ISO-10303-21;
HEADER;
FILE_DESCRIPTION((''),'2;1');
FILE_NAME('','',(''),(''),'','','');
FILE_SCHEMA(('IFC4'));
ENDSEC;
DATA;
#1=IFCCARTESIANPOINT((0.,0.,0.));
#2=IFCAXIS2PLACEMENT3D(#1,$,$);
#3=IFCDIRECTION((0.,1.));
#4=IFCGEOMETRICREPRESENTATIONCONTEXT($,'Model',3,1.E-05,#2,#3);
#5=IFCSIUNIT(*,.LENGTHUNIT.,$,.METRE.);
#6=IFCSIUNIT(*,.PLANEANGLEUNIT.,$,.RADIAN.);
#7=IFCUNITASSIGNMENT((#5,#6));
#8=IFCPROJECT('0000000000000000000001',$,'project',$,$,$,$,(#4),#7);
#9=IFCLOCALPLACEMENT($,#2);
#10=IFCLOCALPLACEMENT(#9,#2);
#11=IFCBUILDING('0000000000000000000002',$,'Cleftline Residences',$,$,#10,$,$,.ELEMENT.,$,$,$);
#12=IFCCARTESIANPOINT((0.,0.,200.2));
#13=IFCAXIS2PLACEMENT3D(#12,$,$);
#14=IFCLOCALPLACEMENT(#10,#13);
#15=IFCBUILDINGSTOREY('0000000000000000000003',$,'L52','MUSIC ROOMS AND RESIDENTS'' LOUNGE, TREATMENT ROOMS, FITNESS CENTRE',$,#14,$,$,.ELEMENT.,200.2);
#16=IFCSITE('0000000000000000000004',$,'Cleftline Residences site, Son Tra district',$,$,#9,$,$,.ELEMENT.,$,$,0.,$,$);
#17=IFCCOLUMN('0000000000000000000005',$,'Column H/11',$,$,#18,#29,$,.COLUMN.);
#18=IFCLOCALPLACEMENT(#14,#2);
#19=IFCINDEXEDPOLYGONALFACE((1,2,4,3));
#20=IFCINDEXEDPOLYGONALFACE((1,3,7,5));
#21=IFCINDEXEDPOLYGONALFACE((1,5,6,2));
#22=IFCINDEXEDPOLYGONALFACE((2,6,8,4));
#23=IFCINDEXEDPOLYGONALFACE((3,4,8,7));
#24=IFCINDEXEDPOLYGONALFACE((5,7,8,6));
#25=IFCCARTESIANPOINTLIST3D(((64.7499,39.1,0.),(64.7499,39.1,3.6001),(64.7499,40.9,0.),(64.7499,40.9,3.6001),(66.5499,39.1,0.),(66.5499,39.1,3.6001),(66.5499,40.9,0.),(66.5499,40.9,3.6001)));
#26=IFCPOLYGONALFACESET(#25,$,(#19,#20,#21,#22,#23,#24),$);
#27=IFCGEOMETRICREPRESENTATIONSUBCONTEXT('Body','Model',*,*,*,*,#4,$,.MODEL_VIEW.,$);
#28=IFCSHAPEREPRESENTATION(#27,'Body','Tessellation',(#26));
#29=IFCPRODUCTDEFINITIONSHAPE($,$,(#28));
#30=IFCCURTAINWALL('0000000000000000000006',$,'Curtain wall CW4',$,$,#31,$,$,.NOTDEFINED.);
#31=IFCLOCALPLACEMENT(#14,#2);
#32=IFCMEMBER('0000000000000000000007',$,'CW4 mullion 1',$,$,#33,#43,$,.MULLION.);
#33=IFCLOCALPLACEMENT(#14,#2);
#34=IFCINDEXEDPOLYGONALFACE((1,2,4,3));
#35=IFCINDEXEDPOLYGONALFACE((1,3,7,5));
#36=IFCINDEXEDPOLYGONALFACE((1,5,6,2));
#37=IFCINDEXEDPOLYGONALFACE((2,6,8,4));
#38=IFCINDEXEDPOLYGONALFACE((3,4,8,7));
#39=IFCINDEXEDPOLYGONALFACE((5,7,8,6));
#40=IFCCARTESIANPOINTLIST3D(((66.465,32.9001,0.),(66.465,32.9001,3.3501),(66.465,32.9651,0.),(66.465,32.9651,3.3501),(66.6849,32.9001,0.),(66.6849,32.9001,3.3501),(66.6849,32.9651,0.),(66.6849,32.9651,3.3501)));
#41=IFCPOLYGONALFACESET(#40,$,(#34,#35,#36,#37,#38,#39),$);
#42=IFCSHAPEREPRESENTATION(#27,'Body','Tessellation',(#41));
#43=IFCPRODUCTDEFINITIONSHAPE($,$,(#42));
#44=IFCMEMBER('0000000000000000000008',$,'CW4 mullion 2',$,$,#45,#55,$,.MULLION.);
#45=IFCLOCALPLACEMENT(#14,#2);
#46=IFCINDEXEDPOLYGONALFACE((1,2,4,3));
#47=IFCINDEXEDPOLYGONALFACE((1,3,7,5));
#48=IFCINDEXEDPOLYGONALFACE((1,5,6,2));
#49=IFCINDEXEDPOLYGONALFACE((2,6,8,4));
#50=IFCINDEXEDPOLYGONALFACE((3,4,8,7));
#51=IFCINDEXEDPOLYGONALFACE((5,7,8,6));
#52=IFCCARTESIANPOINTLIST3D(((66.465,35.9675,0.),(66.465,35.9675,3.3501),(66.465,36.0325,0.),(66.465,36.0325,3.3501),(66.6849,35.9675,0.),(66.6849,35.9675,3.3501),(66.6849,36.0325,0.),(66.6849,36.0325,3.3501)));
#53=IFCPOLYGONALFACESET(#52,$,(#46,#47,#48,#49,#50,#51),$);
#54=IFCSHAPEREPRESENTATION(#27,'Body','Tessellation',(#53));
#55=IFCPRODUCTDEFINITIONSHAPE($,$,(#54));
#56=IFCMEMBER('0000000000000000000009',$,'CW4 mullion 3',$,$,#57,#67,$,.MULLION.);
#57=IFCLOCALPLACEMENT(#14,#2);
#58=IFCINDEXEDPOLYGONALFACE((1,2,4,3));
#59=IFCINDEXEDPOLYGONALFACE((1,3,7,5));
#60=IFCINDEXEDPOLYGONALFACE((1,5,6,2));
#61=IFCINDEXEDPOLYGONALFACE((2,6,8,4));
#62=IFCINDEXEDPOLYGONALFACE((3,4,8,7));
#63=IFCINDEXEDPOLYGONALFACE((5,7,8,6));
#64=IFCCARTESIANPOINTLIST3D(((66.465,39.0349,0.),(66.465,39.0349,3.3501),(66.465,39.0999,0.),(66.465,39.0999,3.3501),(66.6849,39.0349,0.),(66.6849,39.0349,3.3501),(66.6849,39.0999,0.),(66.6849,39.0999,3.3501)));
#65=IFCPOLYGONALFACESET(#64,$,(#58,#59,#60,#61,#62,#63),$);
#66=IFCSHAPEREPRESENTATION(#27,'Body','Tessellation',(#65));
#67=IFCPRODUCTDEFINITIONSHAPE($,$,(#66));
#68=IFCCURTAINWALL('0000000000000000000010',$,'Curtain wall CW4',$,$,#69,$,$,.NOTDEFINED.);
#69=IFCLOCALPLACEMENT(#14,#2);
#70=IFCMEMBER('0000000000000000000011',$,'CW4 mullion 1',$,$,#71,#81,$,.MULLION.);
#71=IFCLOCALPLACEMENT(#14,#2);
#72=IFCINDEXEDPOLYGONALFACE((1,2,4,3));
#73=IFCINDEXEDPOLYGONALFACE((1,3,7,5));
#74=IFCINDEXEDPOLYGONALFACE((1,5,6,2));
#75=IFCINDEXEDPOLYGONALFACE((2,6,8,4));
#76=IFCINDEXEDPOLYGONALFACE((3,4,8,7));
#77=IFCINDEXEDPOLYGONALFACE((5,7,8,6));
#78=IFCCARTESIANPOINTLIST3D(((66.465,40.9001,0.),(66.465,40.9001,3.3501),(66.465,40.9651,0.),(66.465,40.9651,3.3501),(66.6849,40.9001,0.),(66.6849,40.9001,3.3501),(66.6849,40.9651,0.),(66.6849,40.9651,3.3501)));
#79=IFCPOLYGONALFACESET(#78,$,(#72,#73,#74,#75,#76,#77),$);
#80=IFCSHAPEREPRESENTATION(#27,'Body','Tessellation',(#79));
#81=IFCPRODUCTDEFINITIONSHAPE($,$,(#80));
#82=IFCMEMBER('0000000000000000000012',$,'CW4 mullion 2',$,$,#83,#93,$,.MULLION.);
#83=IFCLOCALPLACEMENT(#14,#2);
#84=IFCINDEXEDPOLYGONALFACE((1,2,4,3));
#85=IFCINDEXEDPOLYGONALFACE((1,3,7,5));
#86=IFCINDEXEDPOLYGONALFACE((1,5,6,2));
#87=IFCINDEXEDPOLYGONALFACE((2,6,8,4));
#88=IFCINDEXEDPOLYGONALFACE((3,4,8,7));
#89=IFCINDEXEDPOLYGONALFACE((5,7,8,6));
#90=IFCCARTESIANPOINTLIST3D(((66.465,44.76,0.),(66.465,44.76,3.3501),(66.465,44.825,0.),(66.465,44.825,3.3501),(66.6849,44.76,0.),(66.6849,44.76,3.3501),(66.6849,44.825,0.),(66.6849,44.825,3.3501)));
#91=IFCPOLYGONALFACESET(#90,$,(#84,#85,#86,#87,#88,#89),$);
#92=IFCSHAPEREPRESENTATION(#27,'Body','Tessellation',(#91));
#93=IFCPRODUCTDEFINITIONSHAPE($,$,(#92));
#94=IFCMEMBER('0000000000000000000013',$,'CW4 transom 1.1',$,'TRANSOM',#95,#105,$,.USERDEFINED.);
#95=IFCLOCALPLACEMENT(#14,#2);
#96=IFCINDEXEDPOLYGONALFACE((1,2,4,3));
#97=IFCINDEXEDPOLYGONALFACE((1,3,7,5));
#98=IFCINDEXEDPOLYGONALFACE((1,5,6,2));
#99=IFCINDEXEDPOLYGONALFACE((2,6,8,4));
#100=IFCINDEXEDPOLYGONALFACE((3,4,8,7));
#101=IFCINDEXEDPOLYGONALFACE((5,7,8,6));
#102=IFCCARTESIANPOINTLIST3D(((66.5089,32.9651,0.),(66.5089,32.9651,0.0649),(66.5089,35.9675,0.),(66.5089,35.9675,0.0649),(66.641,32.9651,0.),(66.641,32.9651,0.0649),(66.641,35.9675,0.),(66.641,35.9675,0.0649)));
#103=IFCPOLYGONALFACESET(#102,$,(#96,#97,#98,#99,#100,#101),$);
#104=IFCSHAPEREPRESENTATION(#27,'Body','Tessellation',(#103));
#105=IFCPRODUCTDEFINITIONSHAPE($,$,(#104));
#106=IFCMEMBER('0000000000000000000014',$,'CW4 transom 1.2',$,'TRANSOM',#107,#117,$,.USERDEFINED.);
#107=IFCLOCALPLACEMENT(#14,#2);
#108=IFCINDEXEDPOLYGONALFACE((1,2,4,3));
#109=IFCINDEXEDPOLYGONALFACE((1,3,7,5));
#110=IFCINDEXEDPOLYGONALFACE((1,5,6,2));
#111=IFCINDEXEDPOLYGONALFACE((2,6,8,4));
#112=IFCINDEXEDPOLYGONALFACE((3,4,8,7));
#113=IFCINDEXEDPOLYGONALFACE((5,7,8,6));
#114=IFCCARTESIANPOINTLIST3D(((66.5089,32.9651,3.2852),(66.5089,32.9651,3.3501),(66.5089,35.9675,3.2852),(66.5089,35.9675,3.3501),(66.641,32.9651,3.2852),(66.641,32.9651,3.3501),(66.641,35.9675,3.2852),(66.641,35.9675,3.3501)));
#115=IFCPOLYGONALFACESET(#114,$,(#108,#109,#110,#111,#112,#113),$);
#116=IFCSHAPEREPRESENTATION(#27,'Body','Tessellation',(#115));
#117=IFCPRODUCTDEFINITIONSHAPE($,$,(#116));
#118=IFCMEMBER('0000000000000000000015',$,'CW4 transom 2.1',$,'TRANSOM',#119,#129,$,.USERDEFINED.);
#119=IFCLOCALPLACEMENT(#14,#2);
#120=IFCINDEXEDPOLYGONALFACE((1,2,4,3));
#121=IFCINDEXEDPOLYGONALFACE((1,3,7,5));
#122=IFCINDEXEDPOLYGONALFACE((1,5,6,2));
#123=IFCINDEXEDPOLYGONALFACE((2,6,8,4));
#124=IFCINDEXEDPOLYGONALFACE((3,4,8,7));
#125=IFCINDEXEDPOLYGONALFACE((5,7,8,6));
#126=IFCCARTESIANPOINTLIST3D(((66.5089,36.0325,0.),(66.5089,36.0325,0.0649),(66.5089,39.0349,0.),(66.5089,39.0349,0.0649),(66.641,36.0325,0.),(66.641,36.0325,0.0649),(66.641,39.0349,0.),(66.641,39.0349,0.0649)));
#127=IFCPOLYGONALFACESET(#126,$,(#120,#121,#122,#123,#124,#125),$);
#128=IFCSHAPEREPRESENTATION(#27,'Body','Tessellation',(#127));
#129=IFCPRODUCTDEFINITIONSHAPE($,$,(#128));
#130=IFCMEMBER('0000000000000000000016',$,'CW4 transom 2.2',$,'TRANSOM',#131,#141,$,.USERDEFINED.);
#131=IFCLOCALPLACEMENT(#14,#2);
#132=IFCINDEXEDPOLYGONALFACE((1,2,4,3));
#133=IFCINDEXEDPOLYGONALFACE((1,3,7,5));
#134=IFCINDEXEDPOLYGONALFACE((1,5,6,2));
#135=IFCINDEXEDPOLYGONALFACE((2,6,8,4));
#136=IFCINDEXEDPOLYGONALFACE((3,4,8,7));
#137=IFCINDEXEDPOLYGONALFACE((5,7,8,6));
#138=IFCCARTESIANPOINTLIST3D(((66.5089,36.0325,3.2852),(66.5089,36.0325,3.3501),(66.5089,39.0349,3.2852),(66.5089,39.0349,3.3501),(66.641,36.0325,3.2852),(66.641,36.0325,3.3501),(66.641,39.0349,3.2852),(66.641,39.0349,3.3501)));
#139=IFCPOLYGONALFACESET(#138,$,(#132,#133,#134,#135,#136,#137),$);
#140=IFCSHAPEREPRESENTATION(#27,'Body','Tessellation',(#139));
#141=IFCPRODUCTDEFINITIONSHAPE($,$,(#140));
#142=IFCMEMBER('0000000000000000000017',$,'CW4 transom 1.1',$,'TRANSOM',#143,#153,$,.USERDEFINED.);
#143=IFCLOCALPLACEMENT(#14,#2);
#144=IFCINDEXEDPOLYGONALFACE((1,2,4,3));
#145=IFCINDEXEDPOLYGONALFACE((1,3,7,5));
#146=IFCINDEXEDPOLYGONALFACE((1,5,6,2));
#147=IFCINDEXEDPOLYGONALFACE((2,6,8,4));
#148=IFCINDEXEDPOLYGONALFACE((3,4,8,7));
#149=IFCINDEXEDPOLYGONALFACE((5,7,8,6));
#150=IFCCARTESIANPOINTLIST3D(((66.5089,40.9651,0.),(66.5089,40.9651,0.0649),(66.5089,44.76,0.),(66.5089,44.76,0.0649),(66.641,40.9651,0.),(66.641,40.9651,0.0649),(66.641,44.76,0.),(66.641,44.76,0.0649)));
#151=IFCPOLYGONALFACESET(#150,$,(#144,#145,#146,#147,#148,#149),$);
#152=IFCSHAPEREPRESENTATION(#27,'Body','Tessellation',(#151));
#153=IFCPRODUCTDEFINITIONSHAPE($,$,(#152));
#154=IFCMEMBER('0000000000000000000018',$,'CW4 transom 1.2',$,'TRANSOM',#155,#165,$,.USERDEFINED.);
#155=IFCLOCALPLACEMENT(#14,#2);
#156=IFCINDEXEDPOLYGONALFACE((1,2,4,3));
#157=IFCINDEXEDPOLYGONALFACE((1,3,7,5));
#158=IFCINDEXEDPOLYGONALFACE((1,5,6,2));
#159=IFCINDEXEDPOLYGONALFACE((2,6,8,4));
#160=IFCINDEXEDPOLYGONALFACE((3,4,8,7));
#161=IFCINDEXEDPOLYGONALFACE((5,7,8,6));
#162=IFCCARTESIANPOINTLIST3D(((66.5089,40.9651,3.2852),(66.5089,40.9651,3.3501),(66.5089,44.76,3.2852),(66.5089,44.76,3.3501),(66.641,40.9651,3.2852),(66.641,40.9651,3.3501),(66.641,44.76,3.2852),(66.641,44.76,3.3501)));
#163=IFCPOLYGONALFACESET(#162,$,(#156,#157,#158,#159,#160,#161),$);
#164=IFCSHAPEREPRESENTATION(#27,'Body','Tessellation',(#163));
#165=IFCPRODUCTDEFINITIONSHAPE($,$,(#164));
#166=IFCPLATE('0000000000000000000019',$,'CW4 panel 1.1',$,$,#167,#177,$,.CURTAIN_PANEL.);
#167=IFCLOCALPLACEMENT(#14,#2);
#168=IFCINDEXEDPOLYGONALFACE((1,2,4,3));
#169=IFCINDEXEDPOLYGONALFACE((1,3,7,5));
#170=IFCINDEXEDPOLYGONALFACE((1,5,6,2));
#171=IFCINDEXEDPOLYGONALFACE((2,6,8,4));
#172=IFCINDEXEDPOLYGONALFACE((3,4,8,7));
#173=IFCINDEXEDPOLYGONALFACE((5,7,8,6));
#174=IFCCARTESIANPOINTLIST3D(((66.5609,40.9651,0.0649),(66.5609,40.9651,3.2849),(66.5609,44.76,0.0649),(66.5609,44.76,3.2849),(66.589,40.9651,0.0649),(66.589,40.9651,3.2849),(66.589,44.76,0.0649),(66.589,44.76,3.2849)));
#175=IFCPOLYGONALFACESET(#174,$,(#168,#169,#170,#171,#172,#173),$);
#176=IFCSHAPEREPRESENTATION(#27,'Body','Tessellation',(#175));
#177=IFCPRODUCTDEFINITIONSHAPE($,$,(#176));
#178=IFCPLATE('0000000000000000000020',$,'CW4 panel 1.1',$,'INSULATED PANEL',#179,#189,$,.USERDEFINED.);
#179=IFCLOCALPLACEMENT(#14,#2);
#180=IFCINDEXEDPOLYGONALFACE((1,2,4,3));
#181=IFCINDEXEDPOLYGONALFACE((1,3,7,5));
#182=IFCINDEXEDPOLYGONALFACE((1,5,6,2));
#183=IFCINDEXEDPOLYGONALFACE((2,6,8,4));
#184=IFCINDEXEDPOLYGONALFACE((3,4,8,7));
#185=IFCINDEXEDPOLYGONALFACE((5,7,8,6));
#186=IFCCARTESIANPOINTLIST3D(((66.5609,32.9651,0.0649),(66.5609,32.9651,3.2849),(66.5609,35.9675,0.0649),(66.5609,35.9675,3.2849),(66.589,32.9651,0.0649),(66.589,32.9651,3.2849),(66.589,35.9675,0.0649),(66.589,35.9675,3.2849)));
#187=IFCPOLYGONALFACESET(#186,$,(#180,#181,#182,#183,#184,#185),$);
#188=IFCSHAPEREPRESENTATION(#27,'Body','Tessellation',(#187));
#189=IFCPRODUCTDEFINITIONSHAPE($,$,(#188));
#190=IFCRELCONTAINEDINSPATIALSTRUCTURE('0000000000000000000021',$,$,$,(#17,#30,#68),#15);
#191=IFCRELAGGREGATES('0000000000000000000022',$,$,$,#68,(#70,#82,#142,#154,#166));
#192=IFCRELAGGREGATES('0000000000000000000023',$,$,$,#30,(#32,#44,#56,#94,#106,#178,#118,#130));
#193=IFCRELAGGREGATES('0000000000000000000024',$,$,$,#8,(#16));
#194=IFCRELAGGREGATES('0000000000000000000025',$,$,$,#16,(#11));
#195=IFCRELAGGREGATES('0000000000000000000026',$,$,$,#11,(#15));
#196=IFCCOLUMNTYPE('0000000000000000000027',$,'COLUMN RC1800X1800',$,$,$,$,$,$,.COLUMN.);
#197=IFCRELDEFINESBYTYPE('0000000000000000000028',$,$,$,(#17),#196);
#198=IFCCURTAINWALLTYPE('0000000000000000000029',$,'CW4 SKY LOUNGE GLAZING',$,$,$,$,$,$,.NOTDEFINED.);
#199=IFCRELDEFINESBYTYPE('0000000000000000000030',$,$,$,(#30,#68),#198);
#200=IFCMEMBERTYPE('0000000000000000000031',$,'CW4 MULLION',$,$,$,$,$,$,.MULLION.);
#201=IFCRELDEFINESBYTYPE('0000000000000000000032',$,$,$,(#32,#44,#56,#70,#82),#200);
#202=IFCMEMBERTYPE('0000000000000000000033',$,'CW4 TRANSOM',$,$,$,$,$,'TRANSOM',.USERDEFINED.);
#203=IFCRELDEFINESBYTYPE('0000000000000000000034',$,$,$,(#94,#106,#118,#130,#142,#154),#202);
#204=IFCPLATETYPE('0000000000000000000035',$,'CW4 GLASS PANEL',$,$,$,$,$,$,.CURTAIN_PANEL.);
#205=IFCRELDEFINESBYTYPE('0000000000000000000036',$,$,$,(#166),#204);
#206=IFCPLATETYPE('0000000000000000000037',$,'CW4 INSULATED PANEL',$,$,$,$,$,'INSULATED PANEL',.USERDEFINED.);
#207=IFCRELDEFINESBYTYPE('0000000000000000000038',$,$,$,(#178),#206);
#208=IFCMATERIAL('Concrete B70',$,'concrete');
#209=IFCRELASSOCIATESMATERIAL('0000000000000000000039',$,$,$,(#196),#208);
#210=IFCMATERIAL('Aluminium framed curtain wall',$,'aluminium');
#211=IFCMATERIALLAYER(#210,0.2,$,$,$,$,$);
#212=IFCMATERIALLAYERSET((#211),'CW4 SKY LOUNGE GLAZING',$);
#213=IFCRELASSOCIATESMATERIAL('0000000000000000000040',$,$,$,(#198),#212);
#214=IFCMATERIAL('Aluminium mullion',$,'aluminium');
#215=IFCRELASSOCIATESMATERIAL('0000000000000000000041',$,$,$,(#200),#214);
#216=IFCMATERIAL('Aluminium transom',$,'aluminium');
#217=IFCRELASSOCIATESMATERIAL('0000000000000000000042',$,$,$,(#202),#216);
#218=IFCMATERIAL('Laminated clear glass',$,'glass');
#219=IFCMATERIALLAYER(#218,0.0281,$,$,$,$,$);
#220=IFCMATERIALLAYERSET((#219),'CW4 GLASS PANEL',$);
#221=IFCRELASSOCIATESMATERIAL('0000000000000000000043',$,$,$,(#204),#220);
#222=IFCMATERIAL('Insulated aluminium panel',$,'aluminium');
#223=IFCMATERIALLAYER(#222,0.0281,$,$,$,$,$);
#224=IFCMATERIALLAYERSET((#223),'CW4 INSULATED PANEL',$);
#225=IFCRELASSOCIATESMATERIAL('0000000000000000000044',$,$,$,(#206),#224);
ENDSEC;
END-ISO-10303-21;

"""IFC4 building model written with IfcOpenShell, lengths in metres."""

from ifc_helpers import new_model, si_unit, direction, frame, origin, origin_2d, place, context, subcontext, project, spatial, rectangle, extrude, material, layer, layer_set, material_profile, profile_set, type_object, element, aggregate, save


model = new_model("IFC4")

# Units and contexts
model_context = context("Model", 3, precision=1e-05, world=origin(), true_north=direction((0.0, 1.0)))
body_context = subcontext(model_context, "Body", "Model", "MODEL_VIEW")
ifc_project = project(units=[si_unit("LENGTHUNIT", "METRE"), si_unit("PLANEANGLEUNIT", "RADIAN")], contexts=[model_context])

# Site, building, storey
site_placement = place(None, origin())
site = spatial("IfcSite", under=ifc_project, at=site_placement, Name="Cleftline Residences site, Son Tra district", CompositionType="ELEMENT", RefElevation=0.0)
building_placement = place(site_placement, origin())
building = spatial("IfcBuilding", under=site, at=building_placement, Name="Cleftline Residences", CompositionType="ELEMENT")
storey_placement = place(building_placement, frame((0.0, 0.0, 200.2)))
storey = spatial("IfcBuildingStorey", under=building, at=storey_placement, Name="L52", Description="MUSIC ROOMS AND RESIDENTS' LOUNGE, TREATMENT ROOMS, FITNESS CENTRE", CompositionType="ELEMENT", Elevation=200.2)

# Column
ifc_material_1 = material(Name="Concrete B70", Category="concrete")
ifc_material_profile_1 = material_profile(ifc_material_1, rectangle(XDim=1.8, YDim=1.8, at=origin_2d()))
ifc_profile_set_1 = profile_set([ifc_material_profile_1], Name="Concrete B70")
column_type = type_object("IfcColumnType", Name="COLUMN RC1800X1800", PredefinedType="COLUMN", material=ifc_profile_set_1)
column_placement = place(storey_placement, frame((65.6499, 40.0, 0.0), z_axis=(0.0, 0.0, 1.0), x_axis=(1.0, 0.0, 0.0)))
element("IfcColumn", 1, at=column_placement, inside=storey, type_object=column_type, Name="Column H/11", PredefinedType="COLUMN", context=body_context, shape_type="SweptSolid", body=[
    extrude(rectangle(XDim=1.8, YDim=1.8, at=origin_2d()), origin(), (0.0, 0.0, 1.0), 3.6001),
])

# Curtain walls, members
ifc_material_2 = material(Name="Aluminium framed curtain wall", Category="aluminium")
ifc_layer_1 = layer(ifc_material_2, 0.2)
ifc_layer_set_1 = layer_set([ifc_layer_1], Name="CW4 SKY LOUNGE GLAZING")
curtain_wall_type = type_object("IfcCurtainWallType", Name="CW4 SKY LOUNGE GLAZING", PredefinedType="NOTDEFINED", material=ifc_layer_set_1)
curtain_wall_1_placement = place(storey_placement, origin())
curtain_wall_1 = element("IfcCurtainWall", 2, at=curtain_wall_1_placement, inside=storey, type_object=curtain_wall_type, Name="Curtain wall CW4", PredefinedType="NOTDEFINED")
ifc_material_3 = material(Name="Aluminium mullion", Category="aluminium")
ifc_material_profile_2 = material_profile(ifc_material_3, rectangle(XDim=0.22, YDim=0.0649, at=origin_2d()))
ifc_profile_set_2 = profile_set([ifc_material_profile_2], Name="Aluminium mullion")
member_type_1 = type_object("IfcMemberType", Name="CW4 MULLION", PredefinedType="MULLION", material=ifc_profile_set_2)
member_1_placement = place(storey_placement, frame((66.575, 32.9326, 0.0), z_axis=(0.0, 0.0, 1.0), x_axis=(-1.0, 0.0, 0.0)))
member_1 = element("IfcMember", 3, at=member_1_placement, type_object=member_type_1, Name="CW4 mullion 1", PredefinedType="MULLION", context=body_context, shape_type="SweptSolid", body=[
    extrude(rectangle(XDim=0.22, YDim=0.0649, at=origin_2d()), origin(), (0.0, 0.0, 1.0), 3.3501),
])
member_2_placement = place(storey_placement, frame((66.575, 36.0, 0.0), z_axis=(0.0, 0.0, 1.0), x_axis=(-1.0, 0.0, 0.0)))
member_2 = element("IfcMember", 4, at=member_2_placement, type_object=member_type_1, Name="CW4 mullion 2", PredefinedType="MULLION", context=body_context, shape_type="SweptSolid", body=[
    extrude(rectangle(XDim=0.22, YDim=0.0649, at=origin_2d()), origin(), (0.0, 0.0, 1.0), 3.3501),
])
member_3_placement = place(storey_placement, frame((66.575, 39.0674, 0.0), z_axis=(0.0, 0.0, 1.0), x_axis=(-1.0, 0.0, 0.0)))
member_3 = element("IfcMember", 5, at=member_3_placement, type_object=member_type_1, Name="CW4 mullion 3", PredefinedType="MULLION", context=body_context, shape_type="SweptSolid", body=[
    extrude(rectangle(XDim=0.22, YDim=0.0649, at=origin_2d()), origin(), (0.0, 0.0, 1.0), 3.3501),
])
curtain_wall_2_placement = place(storey_placement, origin())
curtain_wall_2 = element("IfcCurtainWall", 6, at=curtain_wall_2_placement, inside=storey, type_object=curtain_wall_type, Name="Curtain wall CW4", PredefinedType="NOTDEFINED")
member_4_placement = place(storey_placement, frame((66.575, 40.9326, 0.0), z_axis=(0.0, 0.0, 1.0), x_axis=(-1.0, 0.0, 0.0)))
member_4 = element("IfcMember", 7, at=member_4_placement, type_object=member_type_1, Name="CW4 mullion 1", PredefinedType="MULLION", context=body_context, shape_type="SweptSolid", body=[
    extrude(rectangle(XDim=0.22, YDim=0.0649, at=origin_2d()), origin(), (0.0, 0.0, 1.0), 3.3501),
])
member_5_placement = place(storey_placement, frame((66.575, 44.7925, 0.0), z_axis=(0.0, 0.0, 1.0), x_axis=(-1.0, 0.0, 0.0)))
member_5 = element("IfcMember", 8, at=member_5_placement, type_object=member_type_1, Name="CW4 mullion 2", PredefinedType="MULLION", context=body_context, shape_type="SweptSolid", body=[
    extrude(rectangle(XDim=0.22, YDim=0.0649, at=origin_2d()), origin(), (0.0, 0.0, 1.0), 3.3501),
])

# Members
ifc_material_4 = material(Name="Aluminium transom", Category="aluminium")
ifc_material_profile_3 = material_profile(ifc_material_4, rectangle(XDim=0.1321, YDim=0.0649, at=origin_2d()))
ifc_profile_set_3 = profile_set([ifc_material_profile_3], Name="Aluminium transom")
member_type_2 = type_object("IfcMemberType", Name="CW4 TRANSOM", ElementType="TRANSOM", PredefinedType="USERDEFINED", material=ifc_profile_set_3)
member_6_placement = place(storey_placement, frame((66.575, 32.9651, 0.0325), z_axis=(0.0, 1.0, 0.0), x_axis=(-1.0, 0.0, 0.0)))
member_6 = element("IfcMember", 9, at=member_6_placement, type_object=member_type_2, Name="CW4 transom 1.1", ObjectType="TRANSOM", PredefinedType="USERDEFINED", context=body_context, shape_type="SweptSolid", body=[
    extrude(rectangle(XDim=0.1321, YDim=0.0649, at=origin_2d()), origin(), (0.0, 0.0, 1.0), 3.0024),
])
member_7_placement = place(storey_placement, frame((66.575, 32.9651, 3.3176), z_axis=(0.0, 1.0, 0.0), x_axis=(-1.0, 0.0, 0.0)))
member_7 = element("IfcMember", 10, at=member_7_placement, type_object=member_type_2, Name="CW4 transom 1.2", ObjectType="TRANSOM", PredefinedType="USERDEFINED", context=body_context, shape_type="SweptSolid", body=[
    extrude(rectangle(XDim=0.1321, YDim=0.0649, at=origin_2d()), origin(), (0.0, 0.0, 1.0), 3.0024),
])
member_8_placement = place(storey_placement, frame((66.575, 36.0325, 0.0325), z_axis=(0.0, 1.0, 0.0), x_axis=(-1.0, 0.0, 0.0)))
member_8 = element("IfcMember", 11, at=member_8_placement, type_object=member_type_2, Name="CW4 transom 2.1", ObjectType="TRANSOM", PredefinedType="USERDEFINED", context=body_context, shape_type="SweptSolid", body=[
    extrude(rectangle(XDim=0.1321, YDim=0.0649, at=origin_2d()), origin(), (0.0, 0.0, 1.0), 3.0024),
])
member_9_placement = place(storey_placement, frame((66.575, 36.0325, 3.3176), z_axis=(0.0, 1.0, 0.0), x_axis=(-1.0, 0.0, 0.0)))
member_9 = element("IfcMember", 12, at=member_9_placement, type_object=member_type_2, Name="CW4 transom 2.2", ObjectType="TRANSOM", PredefinedType="USERDEFINED", context=body_context, shape_type="SweptSolid", body=[
    extrude(rectangle(XDim=0.1321, YDim=0.0649, at=origin_2d()), origin(), (0.0, 0.0, 1.0), 3.0024),
])
member_10_placement = place(storey_placement, frame((66.575, 40.9651, 0.0325), z_axis=(0.0, 1.0, 0.0), x_axis=(-1.0, 0.0, 0.0)))
member_10 = element("IfcMember", 13, at=member_10_placement, type_object=member_type_2, Name="CW4 transom 1.1", ObjectType="TRANSOM", PredefinedType="USERDEFINED", context=body_context, shape_type="SweptSolid", body=[
    extrude(rectangle(XDim=0.1321, YDim=0.0649, at=origin_2d()), origin(), (0.0, 0.0, 1.0), 3.7949),
])
member_11_placement = place(storey_placement, frame((66.575, 40.9651, 3.3176), z_axis=(0.0, 1.0, 0.0), x_axis=(-1.0, 0.0, 0.0)))
member_11 = element("IfcMember", 14, at=member_11_placement, type_object=member_type_2, Name="CW4 transom 1.2", ObjectType="TRANSOM", PredefinedType="USERDEFINED", context=body_context, shape_type="SweptSolid", body=[
    extrude(rectangle(XDim=0.1321, YDim=0.0649, at=origin_2d()), origin(), (0.0, 0.0, 1.0), 3.7949),
])

# Plates
ifc_material_5 = material(Name="Laminated clear glass", Category="glass")
ifc_layer_2 = layer(ifc_material_5, 0.0281)
ifc_layer_set_2 = layer_set([ifc_layer_2], Name="CW4 GLASS PANEL")
plate_type_1 = type_object("IfcPlateType", Name="CW4 GLASS PANEL", PredefinedType="CURTAIN_PANEL", material=ifc_layer_set_2)
plate_1_placement = place(storey_placement, frame((66.575, 42.8625, 0.0649), z_axis=(0.0, 0.0, 1.0), x_axis=(0.0, 1.0, 0.0)))
plate_1 = element("IfcPlate", 15, at=plate_1_placement, type_object=plate_type_1, Name="CW4 panel 1.1", PredefinedType="CURTAIN_PANEL", context=body_context, shape_type="SweptSolid", body=[
    extrude(rectangle(XDim=3.7949, YDim=0.0281, at=origin_2d()), origin(), (0.0, 0.0, 1.0), 3.22),
])
aggregate(curtain_wall_2, [member_4, member_5, member_10, member_11, plate_1])
ifc_material_6 = material(Name="Insulated aluminium panel", Category="aluminium")
ifc_layer_3 = layer(ifc_material_6, 0.0281)
ifc_layer_set_3 = layer_set([ifc_layer_3], Name="CW4 INSULATED PANEL")
plate_type_2 = type_object("IfcPlateType", Name="CW4 INSULATED PANEL", ElementType="INSULATED PANEL", PredefinedType="USERDEFINED", material=ifc_layer_set_3)
plate_2_placement = place(storey_placement, frame((66.575, 34.4663, 0.0649), z_axis=(0.0, 0.0, 1.0), x_axis=(0.0, 1.0, 0.0)))
plate_2 = element("IfcPlate", 16, at=plate_2_placement, type_object=plate_type_2, Name="CW4 panel 1.1", ObjectType="INSULATED PANEL", PredefinedType="USERDEFINED", context=body_context, shape_type="SweptSolid", body=[
    extrude(rectangle(XDim=3.0024, YDim=0.0281, at=origin_2d()), origin(), (0.0, 0.0, 1.0), 3.22),
])
aggregate(curtain_wall_1, [member_1, member_2, member_3, member_6, member_7, plate_2, member_8, member_9])

save(model, "model.ifc")
